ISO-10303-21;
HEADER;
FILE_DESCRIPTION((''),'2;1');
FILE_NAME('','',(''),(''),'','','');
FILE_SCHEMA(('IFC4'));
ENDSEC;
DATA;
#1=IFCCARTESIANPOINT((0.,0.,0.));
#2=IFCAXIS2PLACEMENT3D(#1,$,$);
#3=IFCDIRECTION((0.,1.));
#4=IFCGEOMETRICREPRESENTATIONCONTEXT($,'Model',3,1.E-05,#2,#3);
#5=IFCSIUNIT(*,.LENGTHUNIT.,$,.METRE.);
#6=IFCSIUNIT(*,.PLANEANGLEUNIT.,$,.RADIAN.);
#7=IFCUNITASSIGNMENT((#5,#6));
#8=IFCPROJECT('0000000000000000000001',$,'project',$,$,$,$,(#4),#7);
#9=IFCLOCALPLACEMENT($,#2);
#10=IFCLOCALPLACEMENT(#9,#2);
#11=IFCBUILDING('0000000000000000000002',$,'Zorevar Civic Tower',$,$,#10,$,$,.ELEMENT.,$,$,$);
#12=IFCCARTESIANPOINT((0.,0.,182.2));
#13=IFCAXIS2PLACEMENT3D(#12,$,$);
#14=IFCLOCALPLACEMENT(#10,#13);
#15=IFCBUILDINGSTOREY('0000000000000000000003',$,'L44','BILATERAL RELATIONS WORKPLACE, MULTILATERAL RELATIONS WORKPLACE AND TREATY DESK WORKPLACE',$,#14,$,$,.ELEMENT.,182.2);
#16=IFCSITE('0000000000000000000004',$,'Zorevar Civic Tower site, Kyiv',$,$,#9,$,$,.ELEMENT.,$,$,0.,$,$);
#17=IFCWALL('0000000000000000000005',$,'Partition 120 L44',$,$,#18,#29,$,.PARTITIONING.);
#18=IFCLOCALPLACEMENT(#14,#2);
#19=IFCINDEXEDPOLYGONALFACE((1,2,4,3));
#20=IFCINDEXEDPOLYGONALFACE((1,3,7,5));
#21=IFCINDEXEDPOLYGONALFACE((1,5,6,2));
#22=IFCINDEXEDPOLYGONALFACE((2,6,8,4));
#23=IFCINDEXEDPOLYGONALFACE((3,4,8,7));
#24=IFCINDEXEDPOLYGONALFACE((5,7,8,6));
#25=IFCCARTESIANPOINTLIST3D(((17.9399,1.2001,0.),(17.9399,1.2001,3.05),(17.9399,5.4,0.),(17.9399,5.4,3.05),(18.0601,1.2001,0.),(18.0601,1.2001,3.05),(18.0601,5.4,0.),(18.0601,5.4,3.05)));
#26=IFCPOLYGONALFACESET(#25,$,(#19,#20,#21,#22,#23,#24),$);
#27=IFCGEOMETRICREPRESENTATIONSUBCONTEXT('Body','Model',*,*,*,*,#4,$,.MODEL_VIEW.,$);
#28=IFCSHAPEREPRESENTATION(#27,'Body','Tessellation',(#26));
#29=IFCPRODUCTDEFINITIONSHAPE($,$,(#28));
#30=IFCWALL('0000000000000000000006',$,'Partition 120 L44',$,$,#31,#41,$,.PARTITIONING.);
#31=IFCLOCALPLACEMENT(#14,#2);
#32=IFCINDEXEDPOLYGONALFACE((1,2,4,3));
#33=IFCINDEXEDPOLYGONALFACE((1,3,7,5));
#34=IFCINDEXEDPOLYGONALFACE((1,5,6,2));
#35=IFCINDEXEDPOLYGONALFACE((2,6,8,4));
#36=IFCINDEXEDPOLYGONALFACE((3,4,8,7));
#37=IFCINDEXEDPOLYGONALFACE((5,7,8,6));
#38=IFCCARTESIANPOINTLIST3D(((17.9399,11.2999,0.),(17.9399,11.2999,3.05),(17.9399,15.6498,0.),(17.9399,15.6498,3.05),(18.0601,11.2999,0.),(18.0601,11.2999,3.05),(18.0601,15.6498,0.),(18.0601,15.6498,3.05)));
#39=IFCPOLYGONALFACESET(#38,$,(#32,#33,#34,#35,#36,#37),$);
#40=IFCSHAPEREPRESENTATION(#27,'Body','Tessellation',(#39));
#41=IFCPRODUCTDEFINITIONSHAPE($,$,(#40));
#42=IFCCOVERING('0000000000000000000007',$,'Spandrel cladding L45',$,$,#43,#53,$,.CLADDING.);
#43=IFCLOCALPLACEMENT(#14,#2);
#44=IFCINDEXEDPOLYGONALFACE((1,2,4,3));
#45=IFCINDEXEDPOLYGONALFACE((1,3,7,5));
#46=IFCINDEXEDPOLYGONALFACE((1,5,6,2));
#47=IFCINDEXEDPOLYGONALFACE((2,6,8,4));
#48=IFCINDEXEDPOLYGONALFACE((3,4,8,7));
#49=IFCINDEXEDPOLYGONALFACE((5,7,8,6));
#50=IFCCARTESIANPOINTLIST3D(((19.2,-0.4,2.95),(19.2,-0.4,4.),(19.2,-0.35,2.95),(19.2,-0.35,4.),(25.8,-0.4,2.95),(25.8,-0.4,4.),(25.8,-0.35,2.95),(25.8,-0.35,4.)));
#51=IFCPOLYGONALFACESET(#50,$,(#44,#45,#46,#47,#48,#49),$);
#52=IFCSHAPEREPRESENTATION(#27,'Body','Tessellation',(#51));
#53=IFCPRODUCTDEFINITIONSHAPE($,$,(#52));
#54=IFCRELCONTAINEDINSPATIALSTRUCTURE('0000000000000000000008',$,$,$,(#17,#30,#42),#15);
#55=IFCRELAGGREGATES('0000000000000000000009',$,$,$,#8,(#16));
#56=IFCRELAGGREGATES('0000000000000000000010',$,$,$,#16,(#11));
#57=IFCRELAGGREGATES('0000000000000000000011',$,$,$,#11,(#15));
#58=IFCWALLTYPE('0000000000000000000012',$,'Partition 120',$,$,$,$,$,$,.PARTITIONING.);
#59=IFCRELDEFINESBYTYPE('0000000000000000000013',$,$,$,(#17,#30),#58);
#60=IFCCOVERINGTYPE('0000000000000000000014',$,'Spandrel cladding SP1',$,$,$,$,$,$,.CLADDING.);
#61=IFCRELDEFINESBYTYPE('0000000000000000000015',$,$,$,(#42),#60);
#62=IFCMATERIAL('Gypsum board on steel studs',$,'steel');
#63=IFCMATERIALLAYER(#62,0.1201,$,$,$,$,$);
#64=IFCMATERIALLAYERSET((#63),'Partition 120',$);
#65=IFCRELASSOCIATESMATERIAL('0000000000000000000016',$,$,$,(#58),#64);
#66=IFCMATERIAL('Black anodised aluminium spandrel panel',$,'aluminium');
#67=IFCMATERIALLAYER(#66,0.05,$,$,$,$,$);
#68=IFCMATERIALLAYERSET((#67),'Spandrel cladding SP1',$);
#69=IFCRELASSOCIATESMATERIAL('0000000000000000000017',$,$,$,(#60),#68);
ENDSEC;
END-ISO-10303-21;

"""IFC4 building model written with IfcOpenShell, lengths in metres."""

from ifc_helpers import new_model, si_unit, direction, frame, frame_2d, origin, place, context, subcontext, project, spatial, rectangle, extrude, material, layer, layer_set, type_object, element, save


model = new_model("IFC4")

# Units and contexts
model_context = context("Model", 3, precision=1e-05, world=origin(), true_north=direction((0.0, 1.0)))
body_context = subcontext(model_context, "Body", "Model", "MODEL_VIEW")
ifc_project = project(units=[si_unit("LENGTHUNIT", "METRE"), si_unit("PLANEANGLEUNIT", "RADIAN")], contexts=[model_context])

# Site, building, storey
site_placement = place(None, origin())
site = spatial("IfcSite", under=ifc_project, at=site_placement, Name="Zorevar Civic Tower site, Kyiv", CompositionType="ELEMENT", RefElevation=0.0)
building_placement = place(site_placement, origin())
building = spatial("IfcBuilding", under=site, at=building_placement, Name="Zorevar Civic Tower", CompositionType="ELEMENT")
storey_placement = place(building_placement, frame((0.0, 0.0, 182.2)))
storey = spatial("IfcBuildingStorey", under=building, at=storey_placement, Name="L44", Description="BILATERAL RELATIONS WORKPLACE, MULTILATERAL RELATIONS WORKPLACE AND TREATY DESK WORKPLACE", CompositionType="ELEMENT", Elevation=182.2)

# Shared definitions
ifc_material_1 = material(Name="Gypsum board on steel studs", Category="steel")
ifc_layer_1 = layer(ifc_material_1, 0.1201)
ifc_layer_set_1 = layer_set([ifc_layer_1], Name="Partition 120")
wall_type = type_object("IfcWallType", Name="Partition 120", PredefinedType="PARTITIONING", material=ifc_layer_set_1)

# Walls
wall_1_placement = place(storey_placement, frame((18.0, 1.2, 0.0), z_axis=(0.0, 0.0, 1.0), x_axis=(0.0, 1.0, 0.0)))
element("IfcWall", 1, at=wall_1_placement, inside=storey, type_object=wall_type, Name="Partition 120 L44", PredefinedType="PARTITIONING", context=body_context, shape_type="SweptSolid", body=[
    extrude(rectangle(XDim=4.2, YDim=0.1201, at=frame_2d((2.1001, 0.0))), origin(), (0.0, 0.0, 1.0), 3.05),
])
wall_2_placement = place(storey_placement, frame((18.0, 11.3, 0.0), z_axis=(0.0, 0.0, 1.0), x_axis=(0.0, 1.0, 0.0)))
element("IfcWall", 2, at=wall_2_placement, inside=storey, type_object=wall_type, Name="Partition 120 L44", PredefinedType="PARTITIONING", context=body_context, shape_type="SweptSolid", body=[
    extrude(rectangle(XDim=4.3499, YDim=0.1201, at=frame_2d((2.1748, 0.0))), origin(), (0.0, 0.0, 1.0), 3.05),
])

# Covering
ifc_material_2 = material(Name="Black anodised aluminium spandrel panel", Category="aluminium")
ifc_layer_2 = layer(ifc_material_2, 0.05)
ifc_layer_set_2 = layer_set([ifc_layer_2], Name="Spandrel cladding SP1")
covering_type = type_object("IfcCoveringType", Name="Spandrel cladding SP1", PredefinedType="CLADDING", material=ifc_layer_set_2)
covering_placement = place(storey_placement, frame((19.2, -0.375, 2.95), z_axis=(0.0, 0.0, 1.0), x_axis=(1.0, 0.0, 0.0)))
element("IfcCovering", 3, at=covering_placement, inside=storey, type_object=covering_type, Name="Spandrel cladding L45", PredefinedType="CLADDING", context=body_context, shape_type="SweptSolid", body=[
    extrude(rectangle(XDim=6.6001, YDim=0.05, at=frame_2d((3.3, 0.0))), origin(), (0.0, 0.0, 1.0), 1.05),
])

save(model, "model.ifc")
